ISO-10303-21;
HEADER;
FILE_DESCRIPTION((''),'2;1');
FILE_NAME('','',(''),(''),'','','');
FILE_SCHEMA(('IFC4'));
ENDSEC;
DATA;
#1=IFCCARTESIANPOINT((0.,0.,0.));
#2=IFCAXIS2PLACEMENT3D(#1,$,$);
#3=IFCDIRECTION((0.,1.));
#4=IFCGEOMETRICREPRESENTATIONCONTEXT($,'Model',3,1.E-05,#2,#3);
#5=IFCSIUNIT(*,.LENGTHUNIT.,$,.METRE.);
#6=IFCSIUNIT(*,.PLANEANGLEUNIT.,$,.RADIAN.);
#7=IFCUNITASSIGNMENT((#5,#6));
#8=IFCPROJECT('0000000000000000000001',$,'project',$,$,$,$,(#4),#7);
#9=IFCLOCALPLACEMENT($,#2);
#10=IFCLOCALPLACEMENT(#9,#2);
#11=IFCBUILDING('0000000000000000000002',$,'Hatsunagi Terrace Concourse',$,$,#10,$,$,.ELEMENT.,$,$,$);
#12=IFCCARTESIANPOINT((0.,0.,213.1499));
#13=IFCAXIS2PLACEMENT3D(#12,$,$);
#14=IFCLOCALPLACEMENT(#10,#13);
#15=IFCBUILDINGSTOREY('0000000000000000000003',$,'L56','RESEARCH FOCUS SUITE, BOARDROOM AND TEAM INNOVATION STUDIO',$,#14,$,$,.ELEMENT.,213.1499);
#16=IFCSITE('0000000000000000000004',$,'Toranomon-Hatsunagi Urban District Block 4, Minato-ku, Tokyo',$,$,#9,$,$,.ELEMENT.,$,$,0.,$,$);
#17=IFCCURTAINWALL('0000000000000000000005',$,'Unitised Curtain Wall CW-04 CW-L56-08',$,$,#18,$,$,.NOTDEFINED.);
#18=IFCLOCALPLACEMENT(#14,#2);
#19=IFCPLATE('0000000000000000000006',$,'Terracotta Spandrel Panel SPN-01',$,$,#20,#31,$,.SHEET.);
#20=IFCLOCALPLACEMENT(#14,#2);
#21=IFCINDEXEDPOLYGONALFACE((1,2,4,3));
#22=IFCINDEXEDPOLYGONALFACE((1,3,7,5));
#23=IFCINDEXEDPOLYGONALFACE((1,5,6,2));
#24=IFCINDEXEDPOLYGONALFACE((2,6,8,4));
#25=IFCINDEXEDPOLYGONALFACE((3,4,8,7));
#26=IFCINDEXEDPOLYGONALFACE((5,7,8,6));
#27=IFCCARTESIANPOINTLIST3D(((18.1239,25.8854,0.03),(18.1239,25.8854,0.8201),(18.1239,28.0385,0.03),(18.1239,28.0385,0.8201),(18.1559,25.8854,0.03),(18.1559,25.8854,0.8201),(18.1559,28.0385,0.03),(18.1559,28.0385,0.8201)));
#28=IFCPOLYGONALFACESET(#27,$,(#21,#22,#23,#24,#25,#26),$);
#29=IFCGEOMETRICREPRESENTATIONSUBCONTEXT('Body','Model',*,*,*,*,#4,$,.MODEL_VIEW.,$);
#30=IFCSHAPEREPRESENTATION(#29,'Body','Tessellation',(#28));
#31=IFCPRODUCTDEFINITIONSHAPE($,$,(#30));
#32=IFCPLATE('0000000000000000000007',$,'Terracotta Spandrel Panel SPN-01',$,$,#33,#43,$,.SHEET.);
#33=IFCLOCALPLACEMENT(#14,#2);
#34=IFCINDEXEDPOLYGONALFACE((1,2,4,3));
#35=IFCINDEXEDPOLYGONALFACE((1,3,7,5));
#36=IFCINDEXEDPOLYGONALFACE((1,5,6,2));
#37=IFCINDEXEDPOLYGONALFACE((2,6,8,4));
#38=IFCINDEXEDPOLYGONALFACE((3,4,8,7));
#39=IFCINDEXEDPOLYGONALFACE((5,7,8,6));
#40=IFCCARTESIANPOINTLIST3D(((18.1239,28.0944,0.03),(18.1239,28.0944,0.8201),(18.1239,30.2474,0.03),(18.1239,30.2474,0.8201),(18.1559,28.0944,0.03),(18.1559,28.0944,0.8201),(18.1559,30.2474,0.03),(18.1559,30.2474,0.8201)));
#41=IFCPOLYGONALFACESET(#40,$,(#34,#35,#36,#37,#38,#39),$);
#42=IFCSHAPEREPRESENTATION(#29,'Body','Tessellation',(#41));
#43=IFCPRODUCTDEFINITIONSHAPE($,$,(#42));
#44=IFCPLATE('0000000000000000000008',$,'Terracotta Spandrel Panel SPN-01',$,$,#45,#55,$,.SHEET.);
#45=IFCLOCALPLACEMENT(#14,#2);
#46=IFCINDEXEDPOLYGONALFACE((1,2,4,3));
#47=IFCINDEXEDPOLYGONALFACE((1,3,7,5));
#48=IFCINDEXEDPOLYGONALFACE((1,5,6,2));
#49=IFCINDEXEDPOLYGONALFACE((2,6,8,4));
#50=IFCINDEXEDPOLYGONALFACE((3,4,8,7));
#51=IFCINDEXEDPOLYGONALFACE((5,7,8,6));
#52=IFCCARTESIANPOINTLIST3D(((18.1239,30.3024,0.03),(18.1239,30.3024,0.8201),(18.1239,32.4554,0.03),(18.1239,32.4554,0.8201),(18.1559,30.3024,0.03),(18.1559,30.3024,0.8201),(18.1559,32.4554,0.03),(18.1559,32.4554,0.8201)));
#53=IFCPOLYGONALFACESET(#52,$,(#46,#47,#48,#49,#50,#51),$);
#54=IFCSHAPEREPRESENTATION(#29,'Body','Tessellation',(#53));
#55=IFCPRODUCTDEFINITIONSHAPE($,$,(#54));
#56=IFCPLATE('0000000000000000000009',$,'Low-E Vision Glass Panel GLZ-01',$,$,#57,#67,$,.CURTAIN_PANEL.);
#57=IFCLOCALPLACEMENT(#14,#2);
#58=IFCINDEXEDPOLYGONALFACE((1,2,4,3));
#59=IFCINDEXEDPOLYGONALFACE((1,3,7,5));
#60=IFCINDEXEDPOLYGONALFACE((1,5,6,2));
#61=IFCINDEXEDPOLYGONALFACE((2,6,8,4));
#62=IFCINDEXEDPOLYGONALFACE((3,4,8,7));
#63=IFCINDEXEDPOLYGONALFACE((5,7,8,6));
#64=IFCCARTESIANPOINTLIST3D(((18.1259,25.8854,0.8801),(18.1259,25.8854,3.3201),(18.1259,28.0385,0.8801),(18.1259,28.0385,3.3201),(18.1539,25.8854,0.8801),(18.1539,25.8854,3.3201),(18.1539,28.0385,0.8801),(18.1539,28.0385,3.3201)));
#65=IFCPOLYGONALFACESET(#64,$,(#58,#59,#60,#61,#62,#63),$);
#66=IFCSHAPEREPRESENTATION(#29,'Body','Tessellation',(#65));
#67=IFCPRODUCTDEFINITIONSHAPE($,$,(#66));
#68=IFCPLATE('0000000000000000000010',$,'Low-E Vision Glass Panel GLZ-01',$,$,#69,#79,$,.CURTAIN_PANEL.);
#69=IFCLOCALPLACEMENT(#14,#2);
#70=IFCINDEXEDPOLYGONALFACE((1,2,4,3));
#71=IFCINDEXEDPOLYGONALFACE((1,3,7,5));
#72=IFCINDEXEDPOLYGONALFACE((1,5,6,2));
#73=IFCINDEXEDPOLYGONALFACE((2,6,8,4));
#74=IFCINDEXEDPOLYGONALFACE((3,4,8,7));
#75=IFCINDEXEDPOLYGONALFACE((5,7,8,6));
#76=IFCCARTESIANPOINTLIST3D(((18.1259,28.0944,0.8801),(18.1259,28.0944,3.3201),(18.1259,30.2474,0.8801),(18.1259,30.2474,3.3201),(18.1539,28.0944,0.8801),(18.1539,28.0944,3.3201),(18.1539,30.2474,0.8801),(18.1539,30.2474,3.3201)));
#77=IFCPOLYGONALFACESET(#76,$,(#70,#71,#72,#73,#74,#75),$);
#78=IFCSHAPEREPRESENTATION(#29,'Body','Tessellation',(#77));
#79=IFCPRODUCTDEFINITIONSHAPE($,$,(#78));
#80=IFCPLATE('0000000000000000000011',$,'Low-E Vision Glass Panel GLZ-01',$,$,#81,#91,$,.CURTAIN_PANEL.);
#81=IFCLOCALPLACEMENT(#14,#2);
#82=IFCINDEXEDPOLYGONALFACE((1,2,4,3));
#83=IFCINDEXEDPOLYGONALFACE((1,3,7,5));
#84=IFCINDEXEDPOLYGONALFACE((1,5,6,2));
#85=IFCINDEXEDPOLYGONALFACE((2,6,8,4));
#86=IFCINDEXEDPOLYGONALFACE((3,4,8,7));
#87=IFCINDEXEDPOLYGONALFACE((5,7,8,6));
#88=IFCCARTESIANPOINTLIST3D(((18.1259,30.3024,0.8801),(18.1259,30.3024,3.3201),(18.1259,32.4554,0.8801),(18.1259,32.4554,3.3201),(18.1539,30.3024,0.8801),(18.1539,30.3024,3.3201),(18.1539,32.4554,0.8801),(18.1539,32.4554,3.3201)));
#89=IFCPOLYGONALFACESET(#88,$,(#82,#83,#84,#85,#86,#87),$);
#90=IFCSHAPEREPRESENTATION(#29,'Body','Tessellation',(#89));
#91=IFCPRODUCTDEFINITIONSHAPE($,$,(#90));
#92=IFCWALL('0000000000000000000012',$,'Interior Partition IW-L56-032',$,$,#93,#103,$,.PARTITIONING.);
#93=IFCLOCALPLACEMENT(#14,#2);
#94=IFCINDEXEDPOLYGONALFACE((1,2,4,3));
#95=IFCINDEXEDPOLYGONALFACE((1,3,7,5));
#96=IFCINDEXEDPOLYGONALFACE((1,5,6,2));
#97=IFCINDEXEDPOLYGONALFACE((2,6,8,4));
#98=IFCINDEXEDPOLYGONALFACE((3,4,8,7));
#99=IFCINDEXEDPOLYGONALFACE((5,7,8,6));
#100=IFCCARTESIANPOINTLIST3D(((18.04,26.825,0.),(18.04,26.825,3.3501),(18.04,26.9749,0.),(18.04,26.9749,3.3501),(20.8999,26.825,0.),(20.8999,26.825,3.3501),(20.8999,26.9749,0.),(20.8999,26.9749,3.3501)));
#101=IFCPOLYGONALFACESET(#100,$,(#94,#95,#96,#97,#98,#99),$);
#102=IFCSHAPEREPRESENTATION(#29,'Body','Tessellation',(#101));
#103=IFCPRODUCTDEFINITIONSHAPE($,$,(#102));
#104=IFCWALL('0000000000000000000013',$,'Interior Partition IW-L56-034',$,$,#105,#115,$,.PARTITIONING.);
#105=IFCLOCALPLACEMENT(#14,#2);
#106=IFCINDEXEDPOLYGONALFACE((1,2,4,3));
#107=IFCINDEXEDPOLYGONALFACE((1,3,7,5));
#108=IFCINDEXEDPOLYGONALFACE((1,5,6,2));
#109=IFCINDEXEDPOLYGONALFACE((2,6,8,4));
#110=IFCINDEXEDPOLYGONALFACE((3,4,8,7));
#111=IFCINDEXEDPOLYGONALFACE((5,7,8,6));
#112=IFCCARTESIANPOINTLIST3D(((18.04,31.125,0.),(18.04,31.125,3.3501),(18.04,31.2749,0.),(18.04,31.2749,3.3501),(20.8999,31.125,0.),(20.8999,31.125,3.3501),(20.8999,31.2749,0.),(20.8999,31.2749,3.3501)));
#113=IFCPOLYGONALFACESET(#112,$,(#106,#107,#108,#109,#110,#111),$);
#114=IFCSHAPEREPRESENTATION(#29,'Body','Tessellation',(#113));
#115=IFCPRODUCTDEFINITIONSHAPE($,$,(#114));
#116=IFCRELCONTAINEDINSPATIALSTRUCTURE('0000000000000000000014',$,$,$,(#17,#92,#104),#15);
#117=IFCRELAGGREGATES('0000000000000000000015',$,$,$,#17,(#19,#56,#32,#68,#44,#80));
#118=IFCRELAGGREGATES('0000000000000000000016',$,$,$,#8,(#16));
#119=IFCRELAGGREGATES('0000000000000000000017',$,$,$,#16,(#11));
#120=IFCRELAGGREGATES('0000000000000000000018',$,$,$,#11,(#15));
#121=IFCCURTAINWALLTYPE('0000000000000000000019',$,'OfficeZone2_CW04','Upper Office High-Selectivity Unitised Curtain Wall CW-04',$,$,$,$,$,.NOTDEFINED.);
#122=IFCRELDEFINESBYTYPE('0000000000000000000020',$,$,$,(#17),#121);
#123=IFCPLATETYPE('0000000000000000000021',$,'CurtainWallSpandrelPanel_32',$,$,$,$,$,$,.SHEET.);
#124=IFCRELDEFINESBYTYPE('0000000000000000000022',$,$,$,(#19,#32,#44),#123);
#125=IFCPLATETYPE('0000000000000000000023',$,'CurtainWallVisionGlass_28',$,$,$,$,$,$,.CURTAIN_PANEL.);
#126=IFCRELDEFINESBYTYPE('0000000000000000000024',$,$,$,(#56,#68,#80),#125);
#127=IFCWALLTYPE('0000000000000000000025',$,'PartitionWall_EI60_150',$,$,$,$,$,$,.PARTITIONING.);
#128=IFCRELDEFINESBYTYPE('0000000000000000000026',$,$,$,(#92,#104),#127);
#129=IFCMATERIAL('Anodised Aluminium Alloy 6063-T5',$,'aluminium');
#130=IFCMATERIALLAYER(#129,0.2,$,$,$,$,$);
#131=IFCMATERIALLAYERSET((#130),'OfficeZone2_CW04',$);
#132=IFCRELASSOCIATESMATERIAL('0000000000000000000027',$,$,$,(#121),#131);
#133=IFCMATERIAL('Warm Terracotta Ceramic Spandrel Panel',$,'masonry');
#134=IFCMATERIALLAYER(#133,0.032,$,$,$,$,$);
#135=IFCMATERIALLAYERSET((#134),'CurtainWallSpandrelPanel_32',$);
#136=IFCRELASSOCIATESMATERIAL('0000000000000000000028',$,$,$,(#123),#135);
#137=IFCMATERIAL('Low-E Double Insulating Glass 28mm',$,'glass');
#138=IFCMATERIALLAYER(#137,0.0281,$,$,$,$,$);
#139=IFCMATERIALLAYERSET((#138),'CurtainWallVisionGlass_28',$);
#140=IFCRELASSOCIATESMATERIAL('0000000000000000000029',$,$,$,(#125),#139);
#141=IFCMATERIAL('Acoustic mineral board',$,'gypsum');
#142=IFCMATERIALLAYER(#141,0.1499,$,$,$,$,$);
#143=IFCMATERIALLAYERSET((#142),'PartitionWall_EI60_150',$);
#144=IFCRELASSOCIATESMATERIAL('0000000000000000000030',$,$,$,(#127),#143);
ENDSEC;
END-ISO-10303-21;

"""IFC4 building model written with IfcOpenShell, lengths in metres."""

from ifc_helpers import new_model, si_unit, direction, frame, frame_2d, origin, origin_2d, place, context, subcontext, project, spatial, rectangle, extrude, material, layer, layer_set, type_object, element, aggregate, save


model = new_model("IFC4")

# Units and contexts
model_context = context("Model", 3, precision=1e-05, world=origin(), true_north=direction((0.0, 1.0)))
body_context = subcontext(model_context, "Body", "Model", "MODEL_VIEW")
ifc_project = project(units=[si_unit("LENGTHUNIT", "METRE"), si_unit("PLANEANGLEUNIT", "RADIAN")], contexts=[model_context])

# Site, building, storey
site_placement = place(None, origin())
site = spatial("IfcSite", under=ifc_project, at=site_placement, Name="Toranomon-Hatsunagi Urban District Block 4, Minato-ku, Tokyo", CompositionType="ELEMENT", RefElevation=0.0)
building_placement = place(site_placement, origin())
building = spatial("IfcBuilding", under=site, at=building_placement, Name="Hatsunagi Terrace Concourse", CompositionType="ELEMENT")
storey_placement = place(building_placement, frame((0.0, 0.0, 213.1499)))
storey = spatial("IfcBuildingStorey", under=building, at=storey_placement, Name="L56", Description="RESEARCH FOCUS SUITE, BOARDROOM AND TEAM INNOVATION STUDIO", CompositionType="ELEMENT", Elevation=213.1499)

# Curtain wall
ifc_material_1 = material(Name="Anodised Aluminium Alloy 6063-T5", Category="aluminium")
ifc_layer_1 = layer(ifc_material_1, 0.2)
ifc_layer_set_1 = layer_set([ifc_layer_1], Name="OfficeZone2_CW04")
curtain_wall_type = type_object("IfcCurtainWallType", Name="OfficeZone2_CW04", Description="Upper Office High-Selectivity Unitised Curtain Wall CW-04", PredefinedType="NOTDEFINED", material=ifc_layer_set_1)
curtain_wall_placement = place(storey_placement, origin())
curtain_wall = element("IfcCurtainWall", 1, at=curtain_wall_placement, inside=storey, type_object=curtain_wall_type, Name="Unitised Curtain Wall CW-04 CW-L56-08", PredefinedType="NOTDEFINED")

# Plates
ifc_material_2 = material(Name="Warm Terracotta Ceramic Spandrel Panel", Category="masonry")
ifc_layer_2 = layer(ifc_material_2, 0.032)
ifc_layer_set_2 = layer_set([ifc_layer_2], Name="CurtainWallSpandrelPanel_32")
plate_type_1 = type_object("IfcPlateType", Name="CurtainWallSpandrelPanel_32", PredefinedType="SHEET", material=ifc_layer_set_2)
plate_1_placement = place(storey_placement, frame((18.1399, 26.9619, 0.03), z_axis=(0.0, 0.0, 1.0), x_axis=(0.0, 1.0, 0.0)))
plate_1 = element("IfcPlate", 2, at=plate_1_placement, type_object=plate_type_1, Name="Terracotta Spandrel Panel SPN-01", PredefinedType="SHEET", context=body_context, shape_type="SweptSolid", body=[
    extrude(rectangle(XDim=2.1531, YDim=0.032, at=origin_2d()), origin(), (0.0, 0.0, 1.0), 0.79),
])
plate_2_placement = place(storey_placement, frame((18.1399, 29.1709, 0.03), z_axis=(0.0, 0.0, 1.0), x_axis=(0.0, 1.0, 0.0)))
plate_2 = element("IfcPlate", 3, at=plate_2_placement, type_object=plate_type_1, Name="Terracotta Spandrel Panel SPN-01", PredefinedType="SHEET", context=body_context, shape_type="SweptSolid", body=[
    extrude(rectangle(XDim=2.1531, YDim=0.032, at=origin_2d()), origin(), (0.0, 0.0, 1.0), 0.79),
])
plate_3_placement = place(storey_placement, frame((18.1399, 31.3789, 0.03), z_axis=(0.0, 0.0, 1.0), x_axis=(0.0, 1.0, 0.0)))
plate_3 = element("IfcPlate", 4, at=plate_3_placement, type_object=plate_type_1, Name="Terracotta Spandrel Panel SPN-01", PredefinedType="SHEET", context=body_context, shape_type="SweptSolid", body=[
    extrude(rectangle(XDim=2.1531, YDim=0.032, at=origin_2d()), origin(), (0.0, 0.0, 1.0), 0.79),
])
ifc_material_3 = material(Name="Low-E Double Insulating Glass 28mm", Category="glass")
ifc_layer_3 = layer(ifc_material_3, 0.0281)
ifc_layer_set_3 = layer_set([ifc_layer_3], Name="CurtainWallVisionGlass_28")
plate_type_2 = type_object("IfcPlateType", Name="CurtainWallVisionGlass_28", PredefinedType="CURTAIN_PANEL", material=ifc_layer_set_3)
plate_4_placement = place(storey_placement, frame((18.1399, 26.9619, 0.8801), z_axis=(0.0, 0.0, 1.0), x_axis=(0.0, 1.0, 0.0)))
plate_4 = element("IfcPlate", 5, at=plate_4_placement, type_object=plate_type_2, Name="Low-E Vision Glass Panel GLZ-01", PredefinedType="CURTAIN_PANEL", context=body_context, shape_type="SweptSolid", body=[
    extrude(rectangle(XDim=2.1531, YDim=0.0281, at=origin_2d()), origin(), (0.0, 0.0, 1.0), 2.4399),
])
plate_5_placement = place(storey_placement, frame((18.1399, 29.1709, 0.8801), z_axis=(0.0, 0.0, 1.0), x_axis=(0.0, 1.0, 0.0)))
plate_5 = element("IfcPlate", 6, at=plate_5_placement, type_object=plate_type_2, Name="Low-E Vision Glass Panel GLZ-01", PredefinedType="CURTAIN_PANEL", context=body_context, shape_type="SweptSolid", body=[
    extrude(rectangle(XDim=2.1531, YDim=0.0281, at=origin_2d()), origin(), (0.0, 0.0, 1.0), 2.4399),
])
plate_6_placement = place(storey_placement, frame((18.1399, 31.3789, 0.8801), z_axis=(0.0, 0.0, 1.0), x_axis=(0.0, 1.0, 0.0)))
plate_6 = element("IfcPlate", 7, at=plate_6_placement, type_object=plate_type_2, Name="Low-E Vision Glass Panel GLZ-01", PredefinedType="CURTAIN_PANEL", context=body_context, shape_type="SweptSolid", body=[
    extrude(rectangle(XDim=2.1531, YDim=0.0281, at=origin_2d()), origin(), (0.0, 0.0, 1.0), 2.4399),
])
aggregate(curtain_wall, [plate_1, plate_4, plate_2, plate_5, plate_3, plate_6])

# Walls
ifc_material_4 = material(Name="Acoustic mineral board", Category="gypsum")
ifc_layer_4 = layer(ifc_material_4, 0.1499)
ifc_layer_set_4 = layer_set([ifc_layer_4], Name="PartitionWall_EI60_150")
wall_type = type_object("IfcWallType", Name="PartitionWall_EI60_150", PredefinedType="PARTITIONING", material=ifc_layer_set_4)
for number, where, z_axis, x_axis, name in (
    (8, (18.04, 26.8999, 0.0), (0.0, 0.0, 1.0), (1.0, 0.0, 0.0), "Interior Partition IW-L56-032"),
    (9, (18.04, 31.2, 0.0), (0.0, 0.0, 1.0), (1.0, 0.0, 0.0), "Interior Partition IW-L56-034"),
):
    element("IfcWall", number, at=place(storey_placement, frame(where, z_axis=z_axis, x_axis=x_axis)), inside=storey, type_object=wall_type, Name=name, PredefinedType="PARTITIONING", context=body_context, shape_type="SweptSolid", body=[
        extrude(rectangle(XDim=2.8599, YDim=0.1499, at=frame_2d((1.4299, 0.0))), origin(), (0.0, 0.0, 1.0), 3.3501),
    ])

save(model, "model.ifc")
